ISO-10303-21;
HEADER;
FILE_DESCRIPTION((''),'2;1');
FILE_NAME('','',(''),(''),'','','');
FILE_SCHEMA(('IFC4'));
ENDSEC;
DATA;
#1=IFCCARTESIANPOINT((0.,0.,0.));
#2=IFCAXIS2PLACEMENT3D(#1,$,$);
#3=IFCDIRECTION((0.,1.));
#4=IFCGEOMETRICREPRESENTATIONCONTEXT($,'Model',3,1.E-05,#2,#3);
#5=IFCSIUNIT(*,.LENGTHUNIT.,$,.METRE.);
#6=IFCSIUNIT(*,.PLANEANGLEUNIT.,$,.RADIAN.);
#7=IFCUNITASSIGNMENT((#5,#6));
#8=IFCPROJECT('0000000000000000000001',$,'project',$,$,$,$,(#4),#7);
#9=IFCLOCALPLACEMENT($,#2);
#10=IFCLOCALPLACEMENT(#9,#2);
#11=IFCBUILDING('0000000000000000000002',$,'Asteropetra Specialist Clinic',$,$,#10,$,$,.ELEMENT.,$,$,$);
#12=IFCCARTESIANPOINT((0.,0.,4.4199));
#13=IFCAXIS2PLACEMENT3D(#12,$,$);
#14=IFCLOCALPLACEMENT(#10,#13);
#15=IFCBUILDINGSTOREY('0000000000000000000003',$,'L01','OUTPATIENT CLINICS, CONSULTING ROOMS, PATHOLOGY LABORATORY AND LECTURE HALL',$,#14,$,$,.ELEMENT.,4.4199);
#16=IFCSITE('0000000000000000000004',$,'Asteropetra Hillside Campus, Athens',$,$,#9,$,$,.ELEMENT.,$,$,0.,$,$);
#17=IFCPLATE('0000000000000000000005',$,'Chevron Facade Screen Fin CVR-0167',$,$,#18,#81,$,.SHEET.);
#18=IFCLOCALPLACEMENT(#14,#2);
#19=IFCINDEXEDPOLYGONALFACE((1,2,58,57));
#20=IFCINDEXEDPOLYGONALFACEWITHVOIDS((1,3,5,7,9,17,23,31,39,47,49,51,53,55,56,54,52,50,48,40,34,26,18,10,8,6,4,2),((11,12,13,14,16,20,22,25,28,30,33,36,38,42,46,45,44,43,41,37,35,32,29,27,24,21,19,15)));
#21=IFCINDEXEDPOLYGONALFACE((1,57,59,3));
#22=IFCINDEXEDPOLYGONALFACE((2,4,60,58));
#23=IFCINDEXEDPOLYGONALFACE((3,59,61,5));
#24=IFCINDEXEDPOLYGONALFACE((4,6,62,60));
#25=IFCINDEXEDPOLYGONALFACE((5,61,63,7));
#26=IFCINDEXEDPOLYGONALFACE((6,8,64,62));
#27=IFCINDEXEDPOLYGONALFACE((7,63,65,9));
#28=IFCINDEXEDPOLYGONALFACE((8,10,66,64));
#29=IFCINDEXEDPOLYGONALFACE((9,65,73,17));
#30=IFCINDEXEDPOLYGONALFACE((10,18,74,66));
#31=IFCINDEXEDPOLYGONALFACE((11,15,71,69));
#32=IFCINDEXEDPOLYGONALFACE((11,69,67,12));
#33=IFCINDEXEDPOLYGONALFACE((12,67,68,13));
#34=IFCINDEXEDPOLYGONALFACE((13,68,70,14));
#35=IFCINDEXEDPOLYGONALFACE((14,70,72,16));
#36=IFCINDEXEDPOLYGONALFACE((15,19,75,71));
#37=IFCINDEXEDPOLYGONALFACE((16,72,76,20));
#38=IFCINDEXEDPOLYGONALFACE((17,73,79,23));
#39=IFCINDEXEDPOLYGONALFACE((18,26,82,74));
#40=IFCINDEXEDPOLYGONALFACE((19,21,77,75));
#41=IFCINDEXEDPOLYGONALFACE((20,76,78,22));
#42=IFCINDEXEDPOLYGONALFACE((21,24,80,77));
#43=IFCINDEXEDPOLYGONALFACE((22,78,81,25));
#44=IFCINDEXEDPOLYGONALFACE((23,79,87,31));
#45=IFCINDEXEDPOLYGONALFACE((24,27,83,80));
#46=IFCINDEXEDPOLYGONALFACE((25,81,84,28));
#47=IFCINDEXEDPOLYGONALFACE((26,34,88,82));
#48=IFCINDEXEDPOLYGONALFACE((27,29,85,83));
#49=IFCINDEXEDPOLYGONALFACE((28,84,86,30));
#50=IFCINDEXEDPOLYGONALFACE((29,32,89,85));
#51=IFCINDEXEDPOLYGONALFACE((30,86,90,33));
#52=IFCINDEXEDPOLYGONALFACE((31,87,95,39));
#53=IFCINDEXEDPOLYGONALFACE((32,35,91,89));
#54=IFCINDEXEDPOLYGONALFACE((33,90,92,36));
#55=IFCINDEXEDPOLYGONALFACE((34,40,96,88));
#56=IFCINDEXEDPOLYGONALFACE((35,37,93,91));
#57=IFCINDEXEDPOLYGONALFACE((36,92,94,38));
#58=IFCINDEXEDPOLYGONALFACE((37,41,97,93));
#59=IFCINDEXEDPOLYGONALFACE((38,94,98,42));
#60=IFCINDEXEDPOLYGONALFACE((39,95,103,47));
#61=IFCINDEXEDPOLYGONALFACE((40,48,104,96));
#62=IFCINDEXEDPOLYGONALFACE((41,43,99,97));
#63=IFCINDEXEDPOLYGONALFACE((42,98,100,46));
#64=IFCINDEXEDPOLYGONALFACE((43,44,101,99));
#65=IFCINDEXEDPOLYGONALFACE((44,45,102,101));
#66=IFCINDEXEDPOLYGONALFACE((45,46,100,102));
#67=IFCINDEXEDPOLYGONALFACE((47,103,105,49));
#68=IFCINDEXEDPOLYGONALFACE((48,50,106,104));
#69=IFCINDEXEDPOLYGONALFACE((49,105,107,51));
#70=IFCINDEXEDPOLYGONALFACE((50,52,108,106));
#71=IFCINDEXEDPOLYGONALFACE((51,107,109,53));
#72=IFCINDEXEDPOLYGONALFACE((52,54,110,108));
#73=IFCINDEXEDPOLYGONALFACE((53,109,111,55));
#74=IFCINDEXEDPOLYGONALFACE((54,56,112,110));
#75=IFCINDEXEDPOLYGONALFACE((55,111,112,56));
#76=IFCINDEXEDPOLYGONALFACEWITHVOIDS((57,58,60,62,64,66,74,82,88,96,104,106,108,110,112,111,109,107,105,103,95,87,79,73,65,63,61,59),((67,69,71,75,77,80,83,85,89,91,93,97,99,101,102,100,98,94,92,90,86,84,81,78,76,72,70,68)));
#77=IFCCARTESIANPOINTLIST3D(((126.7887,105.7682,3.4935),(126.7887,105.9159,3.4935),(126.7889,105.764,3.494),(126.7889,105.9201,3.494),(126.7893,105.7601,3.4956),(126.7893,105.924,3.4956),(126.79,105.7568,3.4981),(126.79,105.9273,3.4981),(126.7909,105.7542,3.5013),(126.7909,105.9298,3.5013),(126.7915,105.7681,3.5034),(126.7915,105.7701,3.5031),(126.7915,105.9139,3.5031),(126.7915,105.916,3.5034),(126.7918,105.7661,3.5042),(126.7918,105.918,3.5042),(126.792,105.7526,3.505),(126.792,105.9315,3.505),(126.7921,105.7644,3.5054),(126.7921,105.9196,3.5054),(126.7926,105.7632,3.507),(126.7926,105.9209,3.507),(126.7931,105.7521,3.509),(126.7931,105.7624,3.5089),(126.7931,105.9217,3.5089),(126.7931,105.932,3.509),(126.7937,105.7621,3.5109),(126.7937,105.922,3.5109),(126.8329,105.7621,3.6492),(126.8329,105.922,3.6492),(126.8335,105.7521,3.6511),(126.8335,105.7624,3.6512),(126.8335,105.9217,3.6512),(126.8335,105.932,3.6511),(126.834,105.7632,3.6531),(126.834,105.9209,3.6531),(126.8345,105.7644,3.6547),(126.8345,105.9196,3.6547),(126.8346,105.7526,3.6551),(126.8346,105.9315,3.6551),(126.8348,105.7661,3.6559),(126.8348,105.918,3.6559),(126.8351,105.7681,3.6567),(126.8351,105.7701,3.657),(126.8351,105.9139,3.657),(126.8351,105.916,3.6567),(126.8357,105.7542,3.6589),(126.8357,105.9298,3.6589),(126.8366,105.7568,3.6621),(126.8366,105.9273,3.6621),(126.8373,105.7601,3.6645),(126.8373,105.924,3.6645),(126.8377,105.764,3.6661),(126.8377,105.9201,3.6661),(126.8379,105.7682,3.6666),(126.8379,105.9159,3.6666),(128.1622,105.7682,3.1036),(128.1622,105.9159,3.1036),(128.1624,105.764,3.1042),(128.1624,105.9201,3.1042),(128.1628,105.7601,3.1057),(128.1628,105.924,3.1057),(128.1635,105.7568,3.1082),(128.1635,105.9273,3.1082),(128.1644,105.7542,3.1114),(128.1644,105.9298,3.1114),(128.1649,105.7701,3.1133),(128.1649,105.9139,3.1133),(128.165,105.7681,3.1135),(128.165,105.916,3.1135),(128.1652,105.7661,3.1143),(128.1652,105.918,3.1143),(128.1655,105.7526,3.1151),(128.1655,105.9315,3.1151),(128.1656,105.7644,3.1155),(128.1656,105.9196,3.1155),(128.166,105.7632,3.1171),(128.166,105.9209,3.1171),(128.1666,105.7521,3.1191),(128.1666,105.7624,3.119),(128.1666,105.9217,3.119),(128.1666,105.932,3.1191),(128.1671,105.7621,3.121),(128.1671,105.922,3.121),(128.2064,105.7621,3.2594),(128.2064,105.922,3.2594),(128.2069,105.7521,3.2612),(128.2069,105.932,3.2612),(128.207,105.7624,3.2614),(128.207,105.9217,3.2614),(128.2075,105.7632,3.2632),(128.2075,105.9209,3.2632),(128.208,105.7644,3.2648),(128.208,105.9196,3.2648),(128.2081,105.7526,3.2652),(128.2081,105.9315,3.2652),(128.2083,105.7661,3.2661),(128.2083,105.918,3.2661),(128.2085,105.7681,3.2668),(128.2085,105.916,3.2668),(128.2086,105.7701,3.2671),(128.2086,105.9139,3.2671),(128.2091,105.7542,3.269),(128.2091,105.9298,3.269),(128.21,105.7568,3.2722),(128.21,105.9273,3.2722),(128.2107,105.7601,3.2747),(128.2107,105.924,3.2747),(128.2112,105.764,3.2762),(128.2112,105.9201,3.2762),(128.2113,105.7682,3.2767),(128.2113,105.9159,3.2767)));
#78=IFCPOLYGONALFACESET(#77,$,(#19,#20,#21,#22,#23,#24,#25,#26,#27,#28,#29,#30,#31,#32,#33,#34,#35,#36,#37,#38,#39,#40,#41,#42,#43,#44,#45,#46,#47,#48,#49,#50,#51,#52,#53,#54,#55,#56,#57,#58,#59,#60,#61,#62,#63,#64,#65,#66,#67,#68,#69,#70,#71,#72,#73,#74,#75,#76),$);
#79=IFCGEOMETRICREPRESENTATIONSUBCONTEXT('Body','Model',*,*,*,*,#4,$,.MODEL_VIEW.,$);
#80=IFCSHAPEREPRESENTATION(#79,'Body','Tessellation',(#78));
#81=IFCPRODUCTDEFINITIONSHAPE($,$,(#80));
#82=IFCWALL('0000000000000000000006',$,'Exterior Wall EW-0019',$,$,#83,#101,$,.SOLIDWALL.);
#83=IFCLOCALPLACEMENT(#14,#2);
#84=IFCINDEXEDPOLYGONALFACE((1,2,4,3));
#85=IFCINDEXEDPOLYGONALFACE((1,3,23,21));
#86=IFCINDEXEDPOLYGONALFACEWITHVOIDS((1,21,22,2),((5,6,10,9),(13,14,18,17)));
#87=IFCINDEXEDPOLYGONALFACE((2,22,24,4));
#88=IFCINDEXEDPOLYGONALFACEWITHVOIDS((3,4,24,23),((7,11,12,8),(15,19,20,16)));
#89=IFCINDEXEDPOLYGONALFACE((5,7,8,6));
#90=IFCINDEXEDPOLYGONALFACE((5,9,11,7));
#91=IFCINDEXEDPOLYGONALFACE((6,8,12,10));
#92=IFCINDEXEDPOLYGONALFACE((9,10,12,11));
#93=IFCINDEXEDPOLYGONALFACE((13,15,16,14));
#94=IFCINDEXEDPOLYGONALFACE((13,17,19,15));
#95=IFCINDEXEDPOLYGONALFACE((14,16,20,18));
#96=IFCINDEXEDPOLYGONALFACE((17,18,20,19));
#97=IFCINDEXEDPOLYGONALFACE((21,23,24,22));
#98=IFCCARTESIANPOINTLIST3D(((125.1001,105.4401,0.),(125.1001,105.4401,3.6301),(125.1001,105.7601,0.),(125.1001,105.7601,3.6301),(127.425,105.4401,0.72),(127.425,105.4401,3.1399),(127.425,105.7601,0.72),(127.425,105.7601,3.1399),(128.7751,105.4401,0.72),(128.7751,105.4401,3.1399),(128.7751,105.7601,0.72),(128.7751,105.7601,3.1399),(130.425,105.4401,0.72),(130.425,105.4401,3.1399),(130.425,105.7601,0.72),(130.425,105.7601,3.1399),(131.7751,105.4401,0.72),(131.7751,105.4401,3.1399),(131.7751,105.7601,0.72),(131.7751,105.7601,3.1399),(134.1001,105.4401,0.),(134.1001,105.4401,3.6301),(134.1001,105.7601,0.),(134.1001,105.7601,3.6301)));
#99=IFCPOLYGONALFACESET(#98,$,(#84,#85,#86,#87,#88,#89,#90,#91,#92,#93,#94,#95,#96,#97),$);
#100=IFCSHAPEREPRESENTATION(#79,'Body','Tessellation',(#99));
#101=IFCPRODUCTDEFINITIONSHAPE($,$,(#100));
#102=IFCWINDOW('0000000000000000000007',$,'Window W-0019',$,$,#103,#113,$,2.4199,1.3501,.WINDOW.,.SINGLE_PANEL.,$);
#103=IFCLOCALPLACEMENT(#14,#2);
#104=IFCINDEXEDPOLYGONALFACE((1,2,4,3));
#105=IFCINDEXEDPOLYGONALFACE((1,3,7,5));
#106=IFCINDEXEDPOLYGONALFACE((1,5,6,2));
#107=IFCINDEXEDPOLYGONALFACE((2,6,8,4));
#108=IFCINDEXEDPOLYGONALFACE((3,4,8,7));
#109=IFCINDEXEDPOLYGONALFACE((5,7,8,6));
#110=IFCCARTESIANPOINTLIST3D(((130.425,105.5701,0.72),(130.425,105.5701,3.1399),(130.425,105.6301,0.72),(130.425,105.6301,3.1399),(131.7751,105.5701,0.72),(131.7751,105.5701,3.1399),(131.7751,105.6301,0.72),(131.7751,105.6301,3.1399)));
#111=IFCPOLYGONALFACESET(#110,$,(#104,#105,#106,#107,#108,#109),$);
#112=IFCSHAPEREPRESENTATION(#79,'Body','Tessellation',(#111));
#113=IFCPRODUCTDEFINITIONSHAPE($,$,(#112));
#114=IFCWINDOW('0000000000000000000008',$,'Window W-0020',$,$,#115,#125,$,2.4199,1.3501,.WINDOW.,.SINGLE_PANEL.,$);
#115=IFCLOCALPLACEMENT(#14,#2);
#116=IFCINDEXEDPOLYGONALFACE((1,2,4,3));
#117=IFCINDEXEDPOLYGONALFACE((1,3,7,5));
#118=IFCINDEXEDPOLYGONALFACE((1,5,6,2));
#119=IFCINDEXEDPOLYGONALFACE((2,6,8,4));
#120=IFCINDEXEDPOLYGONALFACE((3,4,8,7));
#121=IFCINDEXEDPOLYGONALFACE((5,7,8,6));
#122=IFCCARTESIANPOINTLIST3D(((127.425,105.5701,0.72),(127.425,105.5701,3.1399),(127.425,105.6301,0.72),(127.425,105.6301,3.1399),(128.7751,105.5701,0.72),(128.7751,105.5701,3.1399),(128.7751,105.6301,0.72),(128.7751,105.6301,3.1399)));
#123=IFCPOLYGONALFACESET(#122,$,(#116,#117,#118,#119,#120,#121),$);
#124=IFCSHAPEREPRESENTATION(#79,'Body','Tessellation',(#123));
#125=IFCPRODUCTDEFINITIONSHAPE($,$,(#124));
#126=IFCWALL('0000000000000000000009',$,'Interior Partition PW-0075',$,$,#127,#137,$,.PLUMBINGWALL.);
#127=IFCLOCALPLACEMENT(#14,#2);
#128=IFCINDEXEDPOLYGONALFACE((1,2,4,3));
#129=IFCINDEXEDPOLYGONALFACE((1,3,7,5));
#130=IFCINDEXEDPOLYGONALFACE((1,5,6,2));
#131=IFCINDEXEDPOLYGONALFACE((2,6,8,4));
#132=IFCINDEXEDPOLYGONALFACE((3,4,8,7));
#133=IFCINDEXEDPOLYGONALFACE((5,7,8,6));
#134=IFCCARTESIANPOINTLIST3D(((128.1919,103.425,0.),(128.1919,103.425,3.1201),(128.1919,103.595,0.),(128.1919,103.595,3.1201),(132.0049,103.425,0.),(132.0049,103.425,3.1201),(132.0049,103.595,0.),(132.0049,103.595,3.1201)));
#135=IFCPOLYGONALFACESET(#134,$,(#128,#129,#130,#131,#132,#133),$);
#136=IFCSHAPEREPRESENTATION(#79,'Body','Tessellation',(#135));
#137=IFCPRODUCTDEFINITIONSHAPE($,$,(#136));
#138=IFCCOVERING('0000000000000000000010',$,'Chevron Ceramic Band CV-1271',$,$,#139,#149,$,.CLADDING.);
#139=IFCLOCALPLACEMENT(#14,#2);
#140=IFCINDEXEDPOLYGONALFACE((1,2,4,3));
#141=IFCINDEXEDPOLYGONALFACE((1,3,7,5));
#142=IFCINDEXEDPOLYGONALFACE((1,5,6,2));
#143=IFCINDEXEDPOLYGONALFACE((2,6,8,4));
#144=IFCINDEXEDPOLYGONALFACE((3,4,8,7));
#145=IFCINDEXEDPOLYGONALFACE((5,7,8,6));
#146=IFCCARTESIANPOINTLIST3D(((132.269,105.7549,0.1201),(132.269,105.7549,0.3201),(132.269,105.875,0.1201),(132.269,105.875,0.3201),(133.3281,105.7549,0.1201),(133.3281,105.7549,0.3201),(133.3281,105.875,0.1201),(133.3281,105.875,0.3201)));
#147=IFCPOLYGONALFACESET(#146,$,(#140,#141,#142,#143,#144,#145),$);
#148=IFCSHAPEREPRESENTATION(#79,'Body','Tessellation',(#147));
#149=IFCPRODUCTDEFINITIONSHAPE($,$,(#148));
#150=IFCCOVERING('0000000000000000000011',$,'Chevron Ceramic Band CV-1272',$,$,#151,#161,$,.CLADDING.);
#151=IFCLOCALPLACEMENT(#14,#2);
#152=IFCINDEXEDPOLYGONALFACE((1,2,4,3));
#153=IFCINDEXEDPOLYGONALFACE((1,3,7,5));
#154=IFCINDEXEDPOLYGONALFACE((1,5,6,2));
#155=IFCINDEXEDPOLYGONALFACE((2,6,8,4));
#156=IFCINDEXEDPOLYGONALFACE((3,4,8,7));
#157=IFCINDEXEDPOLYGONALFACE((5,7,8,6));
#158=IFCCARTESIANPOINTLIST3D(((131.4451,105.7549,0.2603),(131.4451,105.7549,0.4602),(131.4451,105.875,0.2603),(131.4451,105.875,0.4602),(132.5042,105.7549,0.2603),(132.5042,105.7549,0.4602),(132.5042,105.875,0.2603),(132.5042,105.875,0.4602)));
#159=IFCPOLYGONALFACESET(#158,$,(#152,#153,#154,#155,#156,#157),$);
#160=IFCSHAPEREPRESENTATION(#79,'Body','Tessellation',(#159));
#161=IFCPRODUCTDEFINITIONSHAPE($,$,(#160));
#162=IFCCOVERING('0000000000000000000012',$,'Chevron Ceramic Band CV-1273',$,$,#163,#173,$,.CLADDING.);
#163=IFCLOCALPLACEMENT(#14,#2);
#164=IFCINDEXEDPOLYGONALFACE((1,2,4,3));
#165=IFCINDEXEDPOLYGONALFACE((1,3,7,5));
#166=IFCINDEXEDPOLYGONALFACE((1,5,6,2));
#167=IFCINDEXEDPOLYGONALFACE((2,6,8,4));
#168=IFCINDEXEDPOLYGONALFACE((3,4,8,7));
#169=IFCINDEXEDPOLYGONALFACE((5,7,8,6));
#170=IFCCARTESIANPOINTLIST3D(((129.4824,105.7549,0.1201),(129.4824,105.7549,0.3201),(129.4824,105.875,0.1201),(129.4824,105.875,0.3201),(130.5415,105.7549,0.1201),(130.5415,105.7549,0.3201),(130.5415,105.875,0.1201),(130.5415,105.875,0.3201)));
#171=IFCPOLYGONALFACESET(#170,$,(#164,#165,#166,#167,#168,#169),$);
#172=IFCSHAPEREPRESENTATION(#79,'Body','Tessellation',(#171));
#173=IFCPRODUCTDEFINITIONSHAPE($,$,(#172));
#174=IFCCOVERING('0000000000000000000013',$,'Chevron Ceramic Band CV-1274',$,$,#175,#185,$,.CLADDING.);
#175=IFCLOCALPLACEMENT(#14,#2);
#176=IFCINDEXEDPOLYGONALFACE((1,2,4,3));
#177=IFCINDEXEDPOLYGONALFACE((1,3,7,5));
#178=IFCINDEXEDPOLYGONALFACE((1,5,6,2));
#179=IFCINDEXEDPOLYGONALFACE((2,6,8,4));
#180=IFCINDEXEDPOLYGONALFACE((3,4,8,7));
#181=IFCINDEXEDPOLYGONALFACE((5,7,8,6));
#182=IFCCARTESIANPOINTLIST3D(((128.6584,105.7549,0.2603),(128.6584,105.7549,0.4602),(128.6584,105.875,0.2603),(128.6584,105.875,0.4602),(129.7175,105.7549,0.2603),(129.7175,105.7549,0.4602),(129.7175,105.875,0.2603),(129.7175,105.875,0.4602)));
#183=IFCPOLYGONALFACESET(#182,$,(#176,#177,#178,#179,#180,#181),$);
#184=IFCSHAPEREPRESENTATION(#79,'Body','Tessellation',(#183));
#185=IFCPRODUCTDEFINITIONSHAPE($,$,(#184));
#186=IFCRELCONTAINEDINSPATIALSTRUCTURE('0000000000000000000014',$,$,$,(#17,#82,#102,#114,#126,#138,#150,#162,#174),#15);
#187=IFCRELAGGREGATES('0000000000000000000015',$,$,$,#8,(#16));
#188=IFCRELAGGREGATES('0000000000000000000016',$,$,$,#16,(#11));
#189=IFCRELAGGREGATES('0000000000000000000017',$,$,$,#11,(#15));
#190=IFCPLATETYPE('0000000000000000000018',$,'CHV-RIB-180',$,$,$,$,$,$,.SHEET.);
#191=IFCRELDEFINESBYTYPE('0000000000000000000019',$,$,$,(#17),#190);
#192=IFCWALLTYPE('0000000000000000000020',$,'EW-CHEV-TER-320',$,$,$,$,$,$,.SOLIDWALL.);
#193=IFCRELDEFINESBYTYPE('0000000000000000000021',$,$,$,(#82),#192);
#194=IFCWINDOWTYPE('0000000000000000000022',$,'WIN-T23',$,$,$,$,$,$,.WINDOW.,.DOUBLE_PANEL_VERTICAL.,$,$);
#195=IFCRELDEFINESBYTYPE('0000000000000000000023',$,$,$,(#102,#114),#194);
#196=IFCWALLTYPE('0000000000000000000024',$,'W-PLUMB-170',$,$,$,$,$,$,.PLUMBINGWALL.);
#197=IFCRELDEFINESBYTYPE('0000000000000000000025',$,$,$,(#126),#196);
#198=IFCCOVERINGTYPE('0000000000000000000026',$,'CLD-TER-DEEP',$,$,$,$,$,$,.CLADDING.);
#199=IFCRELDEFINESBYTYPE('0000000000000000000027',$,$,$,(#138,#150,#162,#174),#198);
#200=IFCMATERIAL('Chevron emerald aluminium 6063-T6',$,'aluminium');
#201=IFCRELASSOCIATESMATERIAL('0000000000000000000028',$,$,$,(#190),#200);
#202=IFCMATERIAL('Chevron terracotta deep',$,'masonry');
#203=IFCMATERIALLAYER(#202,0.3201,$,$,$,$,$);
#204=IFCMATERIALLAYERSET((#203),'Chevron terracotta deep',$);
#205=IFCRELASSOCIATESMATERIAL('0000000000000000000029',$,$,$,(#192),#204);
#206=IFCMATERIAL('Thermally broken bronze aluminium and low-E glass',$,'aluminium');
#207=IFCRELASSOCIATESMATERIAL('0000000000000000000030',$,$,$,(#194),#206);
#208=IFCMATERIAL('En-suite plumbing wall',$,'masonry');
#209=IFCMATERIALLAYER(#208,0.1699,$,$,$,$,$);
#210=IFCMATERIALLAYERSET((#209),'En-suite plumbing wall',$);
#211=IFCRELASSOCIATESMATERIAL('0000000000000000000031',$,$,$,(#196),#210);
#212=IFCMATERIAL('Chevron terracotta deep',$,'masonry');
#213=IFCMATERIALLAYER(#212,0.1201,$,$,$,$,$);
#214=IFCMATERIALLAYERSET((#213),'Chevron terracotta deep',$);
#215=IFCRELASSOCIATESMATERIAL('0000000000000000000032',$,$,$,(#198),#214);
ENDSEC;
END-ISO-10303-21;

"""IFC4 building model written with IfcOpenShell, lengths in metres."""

from ifc_helpers import new_model, si_unit, direction, frame, frame_2d, origin, origin_2d, place, context, subcontext, project, spatial, rectangle, hollow_rectangle, extrude, material, layer, layer_set, material_profile, profile_set, type_object, element, fill, save


model = new_model("IFC4")

# Units and contexts
model_context = context("Model", 3, precision=1e-05, world=origin(), true_north=direction((0.0, 1.0)))
body_context = subcontext(model_context, "Body", "Model", "MODEL_VIEW")
ifc_project = project(units=[si_unit("LENGTHUNIT", "METRE"), si_unit("PLANEANGLEUNIT", "RADIAN")], contexts=[model_context])

# Site, building, storey
site_placement = place(None, origin())
site = spatial("IfcSite", under=ifc_project, at=site_placement, Name="Asteropetra Hillside Campus, Athens", CompositionType="ELEMENT", RefElevation=0.0)
building_placement = place(site_placement, origin())
building = spatial("IfcBuilding", under=site, at=building_placement, Name="Asteropetra Specialist Clinic", CompositionType="ELEMENT")
storey_placement = place(building_placement, frame((0.0, 0.0, 4.4199)))
storey = spatial("IfcBuildingStorey", under=building, at=storey_placement, Name="L01", Description="OUTPATIENT CLINICS, CONSULTING ROOMS, PATHOLOGY LABORATORY AND LECTURE HALL", CompositionType="ELEMENT", Elevation=4.4199)

# Plate
ifc_material_1 = material(Name="Chevron emerald aluminium 6063-T6", Category="aluminium")
ifc_material_profile_1 = material_profile(ifc_material_1, hollow_rectangle(XDim=0.1799, YDim=0.1799, WallThickness=0.01, InnerFilletRadius=0.0081, OuterFilletRadius=0.0161, at=origin_2d()), Name="SHS 180x180x10.0")
ifc_profile_set_1 = profile_set([ifc_material_profile_1], Name="Chevron emerald aluminium 6063-T6")
plate_type = type_object("IfcPlateType", Name="CHV-RIB-180", PredefinedType="SHEET", material=ifc_profile_set_1)
plate_1_placement = place(storey_placement, frame((128.1868, 105.842, 3.1902), z_axis=(-0.961994, 0.0, 0.273072), x_axis=(0.0, -1.0, 0.0)))
element("IfcPlate", 1, at=plate_1_placement, inside=storey, type_object=plate_type, Name="Chevron Facade Screen Fin CVR-0167", PredefinedType="SHEET", context=body_context, shape_type="SweptSolid", body=[
    extrude(hollow_rectangle(XDim=0.1799, YDim=0.1799, WallThickness=0.01, InnerFilletRadius=0.0081, OuterFilletRadius=0.0161, at=origin_2d()), origin(), (0.0, 0.0, 1.0), 1.4277),
])

# Wall, openings, windows
ifc_material_2 = material(Name="Chevron terracotta deep", Category="masonry")
ifc_layer_1 = layer(ifc_material_2, 0.3201)
ifc_layer_set_1 = layer_set([ifc_layer_1], Name="Chevron terracotta deep")
wall_type_1 = type_object("IfcWallType", Name="EW-CHEV-TER-320", PredefinedType="SOLIDWALL", material=ifc_layer_set_1)
wall_1_placement = place(storey_placement, frame((134.1001, 105.6001, 0.0), z_axis=(0.0, 0.0, 1.0), x_axis=(-1.0, 0.0, 0.0)))
wall_1 = element("IfcWall", 2, at=wall_1_placement, inside=storey, type_object=wall_type_1, Name="Exterior Wall EW-0019", PredefinedType="SOLIDWALL", context=body_context, shape_type="SweptSolid", body=[
    extrude(rectangle(XDim=9.0, YDim=0.3201, at=frame_2d((4.5, 0.0))), origin(), (0.0, 0.0, 1.0), 3.6301),
])
opening_1_placement = place(wall_1_placement, frame((2.325, 0.0, 0.72)))
opening_1 = element("IfcOpeningElement", 3, at=opening_1_placement, cuts=wall_1, PredefinedType="OPENING", context=body_context, shape_type="SweptSolid", body=[
    extrude(rectangle(XDim=1.3501, YDim=2.4199, at=frame_2d((0.675, 1.21))), frame((0.0, 0.1699, 0.0), z_axis=(0.0, -1.0, 0.0), x_axis=(1.0, 0.0, 0.0)), (0.0, 0.0, 1.0), 0.3401),
])
opening_2_placement = place(wall_1_placement, frame((5.325, 0.0, 0.72)))
opening_2 = element("IfcOpeningElement", 4, at=opening_2_placement, cuts=wall_1, PredefinedType="OPENING", context=body_context, shape_type="SweptSolid", body=[
    extrude(rectangle(XDim=1.3501, YDim=2.4199, at=frame_2d((0.675, 1.21))), frame((0.0, 0.1699, 0.0), z_axis=(0.0, -1.0, 0.0), x_axis=(1.0, 0.0, 0.0)), (0.0, 0.0, 1.0), 0.3401),
])
ifc_material_3 = material(Name="Thermally broken bronze aluminium and low-E glass", Category="aluminium")
window_type = type_object("IfcWindowType", Name="WIN-T23", PartitioningType="DOUBLE_PANEL_VERTICAL", PredefinedType="WINDOW", material=ifc_material_3)
window_1_placement = place(opening_1_placement, origin())
window_1 = element("IfcWindow", 5, at=window_1_placement, inside=storey, type_object=window_type, Name="Window W-0019", OverallHeight=2.4199, OverallWidth=1.3501, PartitioningType="SINGLE_PANEL", PredefinedType="WINDOW", context=body_context, shape_type="SweptSolid", body=[
    extrude(rectangle(XDim=1.3501, YDim=2.4199, at=frame_2d((0.675, 1.21))), frame((0.0, 0.03, 0.0), z_axis=(0.0, -1.0, 0.0), x_axis=(1.0, 0.0, 0.0)), (0.0, 0.0, 1.0), 0.0601),
])
fill(opening_1, window_1)
window_2_placement = place(opening_2_placement, origin())
window_2 = element("IfcWindow", 6, at=window_2_placement, inside=storey, type_object=window_type, Name="Window W-0020", OverallHeight=2.4199, OverallWidth=1.3501, PartitioningType="SINGLE_PANEL", PredefinedType="WINDOW", context=body_context, shape_type="SweptSolid", body=[
    extrude(rectangle(XDim=1.3501, YDim=2.4199, at=frame_2d((0.675, 1.21))), frame((0.0, 0.03, 0.0), z_axis=(0.0, -1.0, 0.0), x_axis=(1.0, 0.0, 0.0)), (0.0, 0.0, 1.0), 0.0601),
])
fill(opening_2, window_2)

# Wall
ifc_material_4 = material(Name="En-suite plumbing wall", Category="masonry")
ifc_layer_2 = layer(ifc_material_4, 0.1699)
ifc_layer_set_2 = layer_set([ifc_layer_2], Name="En-suite plumbing wall")
wall_type_2 = type_object("IfcWallType", Name="W-PLUMB-170", PredefinedType="PLUMBINGWALL", material=ifc_layer_set_2)
wall_2_placement = place(storey_placement, frame((128.1919, 103.51, 0.0), z_axis=(0.0, 0.0, 1.0), x_axis=(1.0, 0.0, 0.0)))
element("IfcWall", 7, at=wall_2_placement, inside=storey, type_object=wall_type_2, Name="Interior Partition PW-0075", PredefinedType="PLUMBINGWALL", context=body_context, shape_type="SweptSolid", body=[
    extrude(rectangle(XDim=3.813, YDim=0.1699, at=frame_2d((1.9065, 0.0))), origin(), (0.0, 0.0, 1.0), 3.1201),
])

# Coverings
ifc_material_5 = material(Name="Chevron terracotta deep", Category="masonry")
ifc_layer_3 = layer(ifc_material_5, 0.1201)
ifc_layer_set_3 = layer_set([ifc_layer_3], Name="Chevron terracotta deep")
covering_type_1 = type_object("IfcCoveringType", Name="CLD-TER-DEEP", PredefinedType="CLADDING", material=ifc_layer_set_3)
for number, where, z_axis, x_axis, name in (
    (8, (132.7986, 105.8149, 0.1201), (0.0, 0.0, 1.0), (1.0, 0.0, 0.0), "Chevron Ceramic Band CV-1271"),
    (9, (131.9746, 105.8149, 0.2603), (0.0, 0.0, 1.0), (1.0, 0.0, 0.0), "Chevron Ceramic Band CV-1272"),
    (10, (130.012, 105.8149, 0.1201), (0.0, 0.0, 1.0), (1.0, 0.0, 0.0), "Chevron Ceramic Band CV-1273"),
    (11, (129.188, 105.8149, 0.2603), (0.0, 0.0, 1.0), (1.0, 0.0, 0.0), "Chevron Ceramic Band CV-1274"),
):
    element("IfcCovering", number, at=place(storey_placement, frame(where, z_axis=z_axis, x_axis=x_axis)), inside=storey, type_object=covering_type_1, Name=name, PredefinedType="CLADDING", context=body_context, shape_type="SweptSolid", body=[
        extrude(rectangle(XDim=1.0591, YDim=0.1201, at=origin_2d()), origin(), (0.0, 0.0, 1.0), 0.2),
    ])

save(model, "model.ifc")
